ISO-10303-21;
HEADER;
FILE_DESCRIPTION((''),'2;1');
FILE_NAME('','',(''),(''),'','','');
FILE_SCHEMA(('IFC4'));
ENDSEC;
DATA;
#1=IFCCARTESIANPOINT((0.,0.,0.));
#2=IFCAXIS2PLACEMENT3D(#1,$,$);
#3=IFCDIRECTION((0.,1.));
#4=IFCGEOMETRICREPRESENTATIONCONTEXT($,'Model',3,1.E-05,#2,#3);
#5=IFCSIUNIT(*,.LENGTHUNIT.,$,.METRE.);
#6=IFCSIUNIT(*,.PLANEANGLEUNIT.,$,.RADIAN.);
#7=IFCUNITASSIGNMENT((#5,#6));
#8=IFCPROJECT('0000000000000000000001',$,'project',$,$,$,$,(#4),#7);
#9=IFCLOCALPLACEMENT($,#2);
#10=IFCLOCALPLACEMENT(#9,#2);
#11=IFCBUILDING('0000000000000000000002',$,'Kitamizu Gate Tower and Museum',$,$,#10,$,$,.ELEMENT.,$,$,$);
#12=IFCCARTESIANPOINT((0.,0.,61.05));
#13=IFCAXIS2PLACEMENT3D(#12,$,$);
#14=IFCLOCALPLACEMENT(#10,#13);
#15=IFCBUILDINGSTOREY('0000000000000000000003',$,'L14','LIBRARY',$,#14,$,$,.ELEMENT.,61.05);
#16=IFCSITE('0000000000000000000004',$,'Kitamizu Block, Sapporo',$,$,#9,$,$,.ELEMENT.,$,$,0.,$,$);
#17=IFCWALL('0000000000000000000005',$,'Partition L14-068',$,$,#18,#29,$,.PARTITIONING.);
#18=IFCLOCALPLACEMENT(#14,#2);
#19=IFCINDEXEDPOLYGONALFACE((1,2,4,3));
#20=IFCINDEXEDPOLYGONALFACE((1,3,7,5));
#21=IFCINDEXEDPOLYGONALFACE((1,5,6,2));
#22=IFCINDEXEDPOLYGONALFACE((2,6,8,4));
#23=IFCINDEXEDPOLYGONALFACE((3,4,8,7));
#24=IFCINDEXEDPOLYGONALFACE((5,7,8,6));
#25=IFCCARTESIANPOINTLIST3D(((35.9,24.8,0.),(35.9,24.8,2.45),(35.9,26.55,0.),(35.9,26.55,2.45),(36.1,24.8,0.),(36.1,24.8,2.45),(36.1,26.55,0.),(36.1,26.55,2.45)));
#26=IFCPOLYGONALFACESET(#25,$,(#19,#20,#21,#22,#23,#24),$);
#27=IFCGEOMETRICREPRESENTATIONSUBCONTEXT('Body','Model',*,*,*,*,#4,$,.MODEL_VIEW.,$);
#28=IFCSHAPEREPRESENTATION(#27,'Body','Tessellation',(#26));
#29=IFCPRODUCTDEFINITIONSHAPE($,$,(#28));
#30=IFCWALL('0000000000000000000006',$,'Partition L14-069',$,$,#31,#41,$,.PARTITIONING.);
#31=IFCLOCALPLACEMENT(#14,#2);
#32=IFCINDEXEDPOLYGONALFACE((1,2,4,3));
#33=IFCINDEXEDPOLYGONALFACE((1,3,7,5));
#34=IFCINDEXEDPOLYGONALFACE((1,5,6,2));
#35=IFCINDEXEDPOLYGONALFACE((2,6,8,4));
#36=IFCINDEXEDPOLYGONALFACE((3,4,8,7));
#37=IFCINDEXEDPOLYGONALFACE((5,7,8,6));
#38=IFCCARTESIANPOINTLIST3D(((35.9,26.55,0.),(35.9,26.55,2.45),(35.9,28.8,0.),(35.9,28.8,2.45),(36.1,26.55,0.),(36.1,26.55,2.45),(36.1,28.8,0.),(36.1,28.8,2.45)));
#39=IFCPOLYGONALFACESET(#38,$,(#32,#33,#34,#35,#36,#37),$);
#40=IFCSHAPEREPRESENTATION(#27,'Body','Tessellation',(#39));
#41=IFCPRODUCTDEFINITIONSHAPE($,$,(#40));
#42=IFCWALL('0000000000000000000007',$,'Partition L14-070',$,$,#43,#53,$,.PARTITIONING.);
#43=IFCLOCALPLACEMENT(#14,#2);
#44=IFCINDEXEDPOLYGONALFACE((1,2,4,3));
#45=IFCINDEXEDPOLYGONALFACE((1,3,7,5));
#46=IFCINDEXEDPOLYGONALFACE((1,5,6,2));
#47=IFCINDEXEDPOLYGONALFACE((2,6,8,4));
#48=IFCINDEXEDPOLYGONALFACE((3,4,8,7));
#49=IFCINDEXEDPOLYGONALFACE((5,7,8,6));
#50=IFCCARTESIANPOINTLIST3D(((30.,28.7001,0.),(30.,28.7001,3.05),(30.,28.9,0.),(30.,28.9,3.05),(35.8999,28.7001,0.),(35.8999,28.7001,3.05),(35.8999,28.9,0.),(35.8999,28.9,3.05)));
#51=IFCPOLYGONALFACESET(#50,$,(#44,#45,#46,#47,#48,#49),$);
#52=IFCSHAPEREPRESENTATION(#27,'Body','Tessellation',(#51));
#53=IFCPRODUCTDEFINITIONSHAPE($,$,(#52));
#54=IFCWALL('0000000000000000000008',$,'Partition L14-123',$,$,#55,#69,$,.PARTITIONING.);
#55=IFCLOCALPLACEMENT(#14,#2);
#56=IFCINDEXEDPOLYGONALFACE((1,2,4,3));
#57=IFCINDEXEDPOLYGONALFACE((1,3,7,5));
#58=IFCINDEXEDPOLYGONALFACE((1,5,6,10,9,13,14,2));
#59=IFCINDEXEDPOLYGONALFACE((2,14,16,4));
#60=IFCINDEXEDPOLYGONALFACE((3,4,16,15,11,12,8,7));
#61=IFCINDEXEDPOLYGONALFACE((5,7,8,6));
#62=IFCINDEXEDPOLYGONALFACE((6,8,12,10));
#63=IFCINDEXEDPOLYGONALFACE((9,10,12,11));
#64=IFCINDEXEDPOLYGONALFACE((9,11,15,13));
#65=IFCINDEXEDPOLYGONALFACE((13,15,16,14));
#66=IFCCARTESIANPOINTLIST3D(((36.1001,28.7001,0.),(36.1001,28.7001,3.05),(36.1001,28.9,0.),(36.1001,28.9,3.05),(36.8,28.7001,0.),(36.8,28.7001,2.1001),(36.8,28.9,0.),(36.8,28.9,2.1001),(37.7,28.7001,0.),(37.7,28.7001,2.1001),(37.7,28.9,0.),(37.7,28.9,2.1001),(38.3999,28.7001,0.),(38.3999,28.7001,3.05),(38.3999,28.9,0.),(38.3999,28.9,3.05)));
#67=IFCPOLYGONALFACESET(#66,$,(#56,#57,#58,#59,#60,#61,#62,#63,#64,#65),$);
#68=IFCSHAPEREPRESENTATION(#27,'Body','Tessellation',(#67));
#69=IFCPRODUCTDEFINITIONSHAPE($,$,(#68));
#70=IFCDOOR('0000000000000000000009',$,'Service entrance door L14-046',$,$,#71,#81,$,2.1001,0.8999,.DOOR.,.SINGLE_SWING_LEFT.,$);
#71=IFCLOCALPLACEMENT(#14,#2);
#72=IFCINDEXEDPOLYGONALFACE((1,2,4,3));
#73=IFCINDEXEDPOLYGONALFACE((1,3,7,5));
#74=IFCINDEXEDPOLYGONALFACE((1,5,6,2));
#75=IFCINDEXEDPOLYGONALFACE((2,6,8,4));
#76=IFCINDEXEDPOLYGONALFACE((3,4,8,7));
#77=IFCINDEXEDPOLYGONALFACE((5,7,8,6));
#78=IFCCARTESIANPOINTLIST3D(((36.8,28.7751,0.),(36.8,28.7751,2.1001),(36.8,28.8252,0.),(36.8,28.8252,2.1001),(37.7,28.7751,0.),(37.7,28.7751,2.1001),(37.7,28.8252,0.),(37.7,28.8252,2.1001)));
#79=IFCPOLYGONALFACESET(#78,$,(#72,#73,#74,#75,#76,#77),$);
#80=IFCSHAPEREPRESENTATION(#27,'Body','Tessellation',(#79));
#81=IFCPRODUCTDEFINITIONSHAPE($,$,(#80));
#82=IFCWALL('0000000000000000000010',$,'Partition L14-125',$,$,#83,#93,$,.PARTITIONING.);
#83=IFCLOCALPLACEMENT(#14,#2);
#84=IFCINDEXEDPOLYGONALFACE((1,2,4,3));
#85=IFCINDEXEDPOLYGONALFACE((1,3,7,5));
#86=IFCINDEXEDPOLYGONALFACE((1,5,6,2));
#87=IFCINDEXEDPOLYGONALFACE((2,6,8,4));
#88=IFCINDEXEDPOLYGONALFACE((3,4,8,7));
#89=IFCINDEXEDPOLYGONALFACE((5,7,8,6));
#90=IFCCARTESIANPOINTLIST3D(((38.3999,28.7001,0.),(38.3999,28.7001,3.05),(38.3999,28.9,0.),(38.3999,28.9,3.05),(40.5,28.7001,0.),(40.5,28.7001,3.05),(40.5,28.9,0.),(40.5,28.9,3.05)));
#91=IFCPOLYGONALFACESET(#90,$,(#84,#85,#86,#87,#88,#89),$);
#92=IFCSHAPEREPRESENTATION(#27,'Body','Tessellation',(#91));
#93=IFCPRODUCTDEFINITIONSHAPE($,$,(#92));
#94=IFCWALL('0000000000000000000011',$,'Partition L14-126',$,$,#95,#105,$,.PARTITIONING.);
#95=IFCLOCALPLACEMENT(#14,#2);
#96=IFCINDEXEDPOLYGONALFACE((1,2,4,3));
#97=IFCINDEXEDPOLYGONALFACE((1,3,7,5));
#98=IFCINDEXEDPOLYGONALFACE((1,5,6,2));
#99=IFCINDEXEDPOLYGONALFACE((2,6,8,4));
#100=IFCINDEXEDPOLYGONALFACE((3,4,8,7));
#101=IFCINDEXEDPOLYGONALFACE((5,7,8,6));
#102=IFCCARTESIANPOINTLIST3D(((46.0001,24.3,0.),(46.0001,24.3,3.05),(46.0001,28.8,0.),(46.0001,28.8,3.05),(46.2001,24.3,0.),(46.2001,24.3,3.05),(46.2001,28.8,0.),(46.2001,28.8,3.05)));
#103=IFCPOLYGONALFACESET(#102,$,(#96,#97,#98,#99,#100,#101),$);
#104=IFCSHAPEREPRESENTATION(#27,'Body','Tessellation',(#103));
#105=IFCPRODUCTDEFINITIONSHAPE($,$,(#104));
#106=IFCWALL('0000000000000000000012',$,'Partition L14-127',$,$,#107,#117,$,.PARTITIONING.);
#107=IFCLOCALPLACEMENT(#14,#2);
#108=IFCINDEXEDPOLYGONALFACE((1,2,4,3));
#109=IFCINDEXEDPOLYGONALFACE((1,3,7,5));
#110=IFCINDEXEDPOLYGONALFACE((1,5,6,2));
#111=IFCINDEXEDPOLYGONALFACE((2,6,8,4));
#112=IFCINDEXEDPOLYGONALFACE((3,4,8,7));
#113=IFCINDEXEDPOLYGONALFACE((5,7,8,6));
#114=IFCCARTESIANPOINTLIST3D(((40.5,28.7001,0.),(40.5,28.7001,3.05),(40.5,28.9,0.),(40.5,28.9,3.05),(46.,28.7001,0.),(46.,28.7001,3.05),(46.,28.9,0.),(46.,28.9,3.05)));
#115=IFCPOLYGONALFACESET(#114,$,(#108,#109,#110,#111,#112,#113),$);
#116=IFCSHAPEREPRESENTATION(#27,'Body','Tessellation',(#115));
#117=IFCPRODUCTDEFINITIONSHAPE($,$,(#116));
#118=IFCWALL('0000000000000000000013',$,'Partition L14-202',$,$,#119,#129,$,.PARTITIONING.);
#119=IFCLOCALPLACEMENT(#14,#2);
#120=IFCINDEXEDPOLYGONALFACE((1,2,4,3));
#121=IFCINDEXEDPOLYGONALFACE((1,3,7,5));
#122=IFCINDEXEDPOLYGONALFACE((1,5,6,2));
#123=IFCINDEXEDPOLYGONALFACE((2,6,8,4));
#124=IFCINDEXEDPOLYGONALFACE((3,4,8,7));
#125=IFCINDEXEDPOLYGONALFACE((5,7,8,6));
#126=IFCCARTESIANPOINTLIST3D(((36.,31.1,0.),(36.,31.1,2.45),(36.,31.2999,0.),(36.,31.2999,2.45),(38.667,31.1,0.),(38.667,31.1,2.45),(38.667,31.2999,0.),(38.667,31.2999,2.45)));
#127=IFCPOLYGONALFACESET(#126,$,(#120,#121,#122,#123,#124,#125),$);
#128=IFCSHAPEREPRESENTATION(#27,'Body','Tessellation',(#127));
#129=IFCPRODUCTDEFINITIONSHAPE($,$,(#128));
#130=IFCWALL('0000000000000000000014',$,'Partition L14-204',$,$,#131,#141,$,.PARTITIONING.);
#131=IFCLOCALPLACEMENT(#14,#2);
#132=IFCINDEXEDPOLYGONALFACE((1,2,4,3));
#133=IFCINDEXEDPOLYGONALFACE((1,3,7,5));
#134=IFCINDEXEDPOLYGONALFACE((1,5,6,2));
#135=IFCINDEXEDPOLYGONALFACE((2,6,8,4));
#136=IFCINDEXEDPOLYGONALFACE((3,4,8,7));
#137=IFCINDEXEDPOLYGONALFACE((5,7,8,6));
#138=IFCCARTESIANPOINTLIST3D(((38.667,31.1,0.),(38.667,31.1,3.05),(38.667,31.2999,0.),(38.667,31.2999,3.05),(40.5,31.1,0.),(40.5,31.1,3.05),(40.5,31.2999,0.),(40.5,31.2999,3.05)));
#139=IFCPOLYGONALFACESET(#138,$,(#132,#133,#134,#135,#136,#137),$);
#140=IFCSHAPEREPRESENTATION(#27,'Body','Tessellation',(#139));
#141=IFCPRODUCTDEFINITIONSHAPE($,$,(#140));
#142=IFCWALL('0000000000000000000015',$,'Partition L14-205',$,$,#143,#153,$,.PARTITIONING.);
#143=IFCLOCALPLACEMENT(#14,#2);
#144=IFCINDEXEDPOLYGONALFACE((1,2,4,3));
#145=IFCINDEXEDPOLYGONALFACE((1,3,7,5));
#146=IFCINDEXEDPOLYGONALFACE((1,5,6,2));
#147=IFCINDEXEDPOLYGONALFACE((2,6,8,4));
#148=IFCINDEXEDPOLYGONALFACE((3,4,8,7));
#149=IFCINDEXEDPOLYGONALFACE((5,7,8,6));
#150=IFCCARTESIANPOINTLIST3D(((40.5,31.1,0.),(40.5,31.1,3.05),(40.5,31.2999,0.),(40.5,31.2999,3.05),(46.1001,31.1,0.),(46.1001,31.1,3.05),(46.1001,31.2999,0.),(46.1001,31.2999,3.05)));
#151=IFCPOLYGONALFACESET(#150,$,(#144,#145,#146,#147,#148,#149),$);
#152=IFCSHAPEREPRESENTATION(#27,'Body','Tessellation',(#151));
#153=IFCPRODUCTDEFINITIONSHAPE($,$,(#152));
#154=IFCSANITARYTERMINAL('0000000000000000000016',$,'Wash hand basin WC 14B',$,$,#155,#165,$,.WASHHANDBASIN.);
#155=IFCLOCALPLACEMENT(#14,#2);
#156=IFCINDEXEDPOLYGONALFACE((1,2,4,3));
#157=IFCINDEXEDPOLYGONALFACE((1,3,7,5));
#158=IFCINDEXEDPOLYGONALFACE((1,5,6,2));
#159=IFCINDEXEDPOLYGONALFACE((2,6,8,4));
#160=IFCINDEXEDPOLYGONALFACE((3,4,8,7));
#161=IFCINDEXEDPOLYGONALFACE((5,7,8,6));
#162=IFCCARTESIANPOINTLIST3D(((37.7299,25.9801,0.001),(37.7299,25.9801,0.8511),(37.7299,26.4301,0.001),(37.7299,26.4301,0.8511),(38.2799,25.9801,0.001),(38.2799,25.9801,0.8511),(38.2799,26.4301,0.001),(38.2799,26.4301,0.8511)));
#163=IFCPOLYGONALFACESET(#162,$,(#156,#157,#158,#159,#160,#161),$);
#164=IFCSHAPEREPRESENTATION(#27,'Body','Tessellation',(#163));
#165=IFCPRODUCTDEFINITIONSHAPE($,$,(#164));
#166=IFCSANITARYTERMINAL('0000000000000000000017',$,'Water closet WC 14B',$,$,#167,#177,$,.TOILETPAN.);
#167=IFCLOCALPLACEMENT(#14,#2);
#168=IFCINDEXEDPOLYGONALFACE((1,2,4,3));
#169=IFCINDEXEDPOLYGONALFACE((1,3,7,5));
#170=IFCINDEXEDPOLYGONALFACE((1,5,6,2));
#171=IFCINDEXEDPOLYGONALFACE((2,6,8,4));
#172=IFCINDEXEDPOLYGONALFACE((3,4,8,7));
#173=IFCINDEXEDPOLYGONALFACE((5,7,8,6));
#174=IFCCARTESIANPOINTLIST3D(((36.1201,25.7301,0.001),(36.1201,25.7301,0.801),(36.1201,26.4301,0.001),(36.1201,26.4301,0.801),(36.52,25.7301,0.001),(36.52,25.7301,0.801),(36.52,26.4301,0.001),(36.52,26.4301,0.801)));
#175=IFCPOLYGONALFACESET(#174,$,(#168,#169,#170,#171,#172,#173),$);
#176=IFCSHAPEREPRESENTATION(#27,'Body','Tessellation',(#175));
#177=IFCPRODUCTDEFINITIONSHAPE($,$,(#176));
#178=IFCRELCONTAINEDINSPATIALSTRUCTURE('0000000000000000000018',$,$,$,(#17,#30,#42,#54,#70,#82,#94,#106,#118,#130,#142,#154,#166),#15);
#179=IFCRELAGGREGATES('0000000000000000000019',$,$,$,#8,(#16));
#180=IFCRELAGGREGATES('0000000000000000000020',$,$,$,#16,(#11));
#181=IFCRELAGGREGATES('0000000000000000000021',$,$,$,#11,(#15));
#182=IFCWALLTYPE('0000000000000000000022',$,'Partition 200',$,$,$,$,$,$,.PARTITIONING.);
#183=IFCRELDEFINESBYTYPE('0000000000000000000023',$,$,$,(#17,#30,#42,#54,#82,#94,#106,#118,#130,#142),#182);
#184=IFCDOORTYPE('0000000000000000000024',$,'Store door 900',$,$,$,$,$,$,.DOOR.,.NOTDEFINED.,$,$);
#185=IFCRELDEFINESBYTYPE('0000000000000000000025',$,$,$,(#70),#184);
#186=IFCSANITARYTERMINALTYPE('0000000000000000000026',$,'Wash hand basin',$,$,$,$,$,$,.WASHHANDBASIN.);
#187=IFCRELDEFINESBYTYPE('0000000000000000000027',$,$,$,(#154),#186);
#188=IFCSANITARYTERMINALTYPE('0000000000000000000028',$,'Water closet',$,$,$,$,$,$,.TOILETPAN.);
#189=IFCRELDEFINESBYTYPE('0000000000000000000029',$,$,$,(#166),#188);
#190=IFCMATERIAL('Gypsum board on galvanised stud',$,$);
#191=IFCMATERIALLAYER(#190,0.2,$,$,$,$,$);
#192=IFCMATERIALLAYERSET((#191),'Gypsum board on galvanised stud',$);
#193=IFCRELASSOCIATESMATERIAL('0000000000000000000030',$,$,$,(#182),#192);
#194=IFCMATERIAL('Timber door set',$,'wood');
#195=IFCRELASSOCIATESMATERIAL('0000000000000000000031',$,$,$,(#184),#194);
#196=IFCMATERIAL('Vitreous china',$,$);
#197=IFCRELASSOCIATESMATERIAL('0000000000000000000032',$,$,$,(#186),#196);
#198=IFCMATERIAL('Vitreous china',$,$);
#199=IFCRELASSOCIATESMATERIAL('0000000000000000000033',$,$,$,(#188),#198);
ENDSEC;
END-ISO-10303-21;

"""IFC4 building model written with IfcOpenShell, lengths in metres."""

from ifc_helpers import new_model, si_unit, direction, frame, frame_2d, origin, origin_2d, place, context, subcontext, project, spatial, rectangle, extrude, material, layer, layer_set, type_object, element, fill, save


model = new_model("IFC4")

# Units and contexts
model_context = context("Model", 3, precision=1e-05, world=origin(), true_north=direction((0.0, 1.0)))
body_context = subcontext(model_context, "Body", "Model", "MODEL_VIEW")
ifc_project = project(units=[si_unit("LENGTHUNIT", "METRE"), si_unit("PLANEANGLEUNIT", "RADIAN")], contexts=[model_context])

# Site, building, storey
site_placement = place(None, origin())
site = spatial("IfcSite", under=ifc_project, at=site_placement, Name="Kitamizu Block, Sapporo", CompositionType="ELEMENT", RefElevation=0.0)
building_placement = place(site_placement, origin())
building = spatial("IfcBuilding", under=site, at=building_placement, Name="Kitamizu Gate Tower and Museum", CompositionType="ELEMENT")
storey_placement = place(building_placement, frame((0.0, 0.0, 61.05)))
storey = spatial("IfcBuildingStorey", under=building, at=storey_placement, Name="L14", Description="LIBRARY", CompositionType="ELEMENT", Elevation=61.05)

# Walls
ifc_material_1 = material(Name="Gypsum board on galvanised stud")
ifc_layer_1 = layer(ifc_material_1, 0.2)
ifc_layer_set_1 = layer_set([ifc_layer_1], Name="Gypsum board on galvanised stud")
wall_type_1 = type_object("IfcWallType", Name="Partition 200", PredefinedType="PARTITIONING", material=ifc_layer_set_1)
wall_1_placement = place(storey_placement, frame((36.0, 24.8, 0.0), z_axis=(0.0, 0.0, 1.0), x_axis=(0.0, 1.0, 0.0)))
element("IfcWall", 1, at=wall_1_placement, inside=storey, type_object=wall_type_1, Name="Partition L14-068", PredefinedType="PARTITIONING", context=body_context, shape_type="SweptSolid", body=[
    extrude(rectangle(XDim=1.75, YDim=0.2, at=frame_2d((0.875, 0.0))), origin(), (0.0, 0.0, 1.0), 2.45),
])
wall_2_placement = place(storey_placement, frame((36.0, 26.55, 0.0), z_axis=(0.0, 0.0, 1.0), x_axis=(0.0, 1.0, 0.0)))
element("IfcWall", 2, at=wall_2_placement, inside=storey, type_object=wall_type_1, Name="Partition L14-069", PredefinedType="PARTITIONING", context=body_context, shape_type="SweptSolid", body=[
    extrude(rectangle(XDim=2.25, YDim=0.2, at=frame_2d((1.125, 0.0))), origin(), (0.0, 0.0, 1.0), 2.45),
])
wall_3_placement = place(storey_placement, frame((35.8999, 28.8, 0.0), z_axis=(0.0, 0.0, 1.0), x_axis=(-1.0, 0.0, 0.0)))
element("IfcWall", 3, at=wall_3_placement, inside=storey, type_object=wall_type_1, Name="Partition L14-070", PredefinedType="PARTITIONING", context=body_context, shape_type="SweptSolid", body=[
    extrude(rectangle(XDim=5.8999, YDim=0.2, at=frame_2d((2.95, 0.0))), origin(), (0.0, 0.0, 1.0), 3.05),
])

# Wall, opening, door
wall_4_placement = place(storey_placement, frame((38.3999, 28.8, 0.0), z_axis=(0.0, 0.0, 1.0), x_axis=(-1.0, 0.0, 0.0)))
wall_4 = element("IfcWall", 4, at=wall_4_placement, inside=storey, type_object=wall_type_1, Name="Partition L14-123", PredefinedType="PARTITIONING", context=body_context, shape_type="SweptSolid", body=[
    extrude(rectangle(XDim=2.2998, YDim=0.2, at=frame_2d((1.1499, 0.0))), origin(), (0.0, 0.0, 1.0), 3.05),
])
opening_1_placement = place(wall_4_placement, frame((0.7, 0.0, 0.0)))
opening_1 = element("IfcOpeningElement", 5, at=opening_1_placement, cuts=wall_4, PredefinedType="OPENING", context=body_context, shape_type="SweptSolid", body=[
    extrude(rectangle(XDim=0.8999, YDim=2.1001, at=frame_2d((0.45, 1.05))), frame((0.0, 0.1099, 0.0), z_axis=(0.0, -1.0, 0.0), x_axis=(1.0, 0.0, 0.0)), (0.0, 0.0, 1.0), 0.22),
])
ifc_material_2 = material(Name="Timber door set", Category="wood")
door_type_1 = type_object("IfcDoorType", Name="Store door 900", OperationType="NOTDEFINED", PredefinedType="DOOR", material=ifc_material_2)
door_1_placement = place(opening_1_placement, origin())
door_1 = element("IfcDoor", 6, at=door_1_placement, inside=storey, type_object=door_type_1, Name="Service entrance door L14-046", OperationType="SINGLE_SWING_LEFT", OverallHeight=2.1001, OverallWidth=0.8999, PredefinedType="DOOR", context=body_context, shape_type="SweptSolid", body=[
    extrude(rectangle(XDim=0.8999, YDim=2.1001, at=frame_2d((0.45, 1.05))), frame((0.0, 0.0249, 0.0), z_axis=(0.0, -1.0, 0.0), x_axis=(1.0, 0.0, 0.0)), (0.0, 0.0, 1.0), 0.05),
])
fill(opening_1, door_1)

# Walls
wall_5_placement = place(storey_placement, frame((40.5, 28.8, 0.0), z_axis=(0.0, 0.0, 1.0), x_axis=(-1.0, 0.0, 0.0)))
element("IfcWall", 7, at=wall_5_placement, inside=storey, type_object=wall_type_1, Name="Partition L14-125", PredefinedType="PARTITIONING", context=body_context, shape_type="SweptSolid", body=[
    extrude(rectangle(XDim=2.1001, YDim=0.2, at=frame_2d((1.05, 0.0))), origin(), (0.0, 0.0, 1.0), 3.05),
])
wall_6_placement = place(storey_placement, frame((46.1001, 24.3, 0.0), z_axis=(0.0, 0.0, 1.0), x_axis=(0.0, 1.0, 0.0)))
element("IfcWall", 8, at=wall_6_placement, inside=storey, type_object=wall_type_1, Name="Partition L14-126", PredefinedType="PARTITIONING", context=body_context, shape_type="SweptSolid", body=[
    extrude(rectangle(XDim=4.5, YDim=0.2, at=frame_2d((2.25, 0.0))), origin(), (0.0, 0.0, 1.0), 3.05),
])
wall_7_placement = place(storey_placement, frame((46.0, 28.8, 0.0), z_axis=(0.0, 0.0, 1.0), x_axis=(-1.0, 0.0, 0.0)))
element("IfcWall", 9, at=wall_7_placement, inside=storey, type_object=wall_type_1, Name="Partition L14-127", PredefinedType="PARTITIONING", context=body_context, shape_type="SweptSolid", body=[
    extrude(rectangle(XDim=5.5, YDim=0.2, at=frame_2d((2.75, 0.0))), origin(), (0.0, 0.0, 1.0), 3.05),
])
wall_8_placement = place(storey_placement, frame((36.0, 31.2, 0.0), z_axis=(0.0, 0.0, 1.0), x_axis=(1.0, 0.0, 0.0)))
element("IfcWall", 10, at=wall_8_placement, inside=storey, type_object=wall_type_1, Name="Partition L14-202", PredefinedType="PARTITIONING", context=body_context, shape_type="SweptSolid", body=[
    extrude(rectangle(XDim=2.667, YDim=0.2, at=frame_2d((1.3335, 0.0))), origin(), (0.0, 0.0, 1.0), 2.45),
])
wall_9_placement = place(storey_placement, frame((38.667, 31.2, 0.0), z_axis=(0.0, 0.0, 1.0), x_axis=(1.0, 0.0, 0.0)))
element("IfcWall", 11, at=wall_9_placement, inside=storey, type_object=wall_type_1, Name="Partition L14-204", PredefinedType="PARTITIONING", context=body_context, shape_type="SweptSolid", body=[
    extrude(rectangle(XDim=1.833, YDim=0.2, at=frame_2d((0.9165, 0.0))), origin(), (0.0, 0.0, 1.0), 3.05),
])
wall_10_placement = place(storey_placement, frame((40.5, 31.2, 0.0), z_axis=(0.0, 0.0, 1.0), x_axis=(1.0, 0.0, 0.0)))
element("IfcWall", 12, at=wall_10_placement, inside=storey, type_object=wall_type_1, Name="Partition L14-205", PredefinedType="PARTITIONING", context=body_context, shape_type="SweptSolid", body=[
    extrude(rectangle(XDim=5.6001, YDim=0.2, at=frame_2d((2.8, 0.0))), origin(), (0.0, 0.0, 1.0), 3.05),
])

# Sanitary terminals
ifc_material_3 = material(Name="Vitreous china")
sanitary_terminal_type_1 = type_object("IfcSanitaryTerminalType", Name="Wash hand basin", PredefinedType="WASHHANDBASIN", material=ifc_material_3)
sanitary_terminal_1_placement = place(storey_placement, frame((38.0049, 26.2051, 0.001), z_axis=(0.0, 0.0, 1.0), x_axis=(1.0, 0.0, 0.0)))
element("IfcSanitaryTerminal", 13, at=sanitary_terminal_1_placement, inside=storey, type_object=sanitary_terminal_type_1, Name="Wash hand basin WC 14B", PredefinedType="WASHHANDBASIN", context=body_context, shape_type="SweptSolid", body=[
    extrude(rectangle(XDim=0.55, YDim=0.45, at=origin_2d()), origin(), (0.0, 0.0, 1.0), 0.8501),
])
ifc_material_4 = material(Name="Vitreous china")
sanitary_terminal_type_2 = type_object("IfcSanitaryTerminalType", Name="Water closet", PredefinedType="TOILETPAN", material=ifc_material_4)
sanitary_terminal_2_placement = place(storey_placement, frame((36.3201, 26.0801, 0.001), z_axis=(0.0, 0.0, 1.0), x_axis=(1.0, 0.0, 0.0)))
element("IfcSanitaryTerminal", 14, at=sanitary_terminal_2_placement, inside=storey, type_object=sanitary_terminal_type_2, Name="Water closet WC 14B", PredefinedType="TOILETPAN", context=body_context, shape_type="SweptSolid", body=[
    extrude(rectangle(XDim=0.3999, YDim=0.7, at=origin_2d()), origin(), (0.0, 0.0, 1.0), 0.8),
])

save(model, "model.ifc")
